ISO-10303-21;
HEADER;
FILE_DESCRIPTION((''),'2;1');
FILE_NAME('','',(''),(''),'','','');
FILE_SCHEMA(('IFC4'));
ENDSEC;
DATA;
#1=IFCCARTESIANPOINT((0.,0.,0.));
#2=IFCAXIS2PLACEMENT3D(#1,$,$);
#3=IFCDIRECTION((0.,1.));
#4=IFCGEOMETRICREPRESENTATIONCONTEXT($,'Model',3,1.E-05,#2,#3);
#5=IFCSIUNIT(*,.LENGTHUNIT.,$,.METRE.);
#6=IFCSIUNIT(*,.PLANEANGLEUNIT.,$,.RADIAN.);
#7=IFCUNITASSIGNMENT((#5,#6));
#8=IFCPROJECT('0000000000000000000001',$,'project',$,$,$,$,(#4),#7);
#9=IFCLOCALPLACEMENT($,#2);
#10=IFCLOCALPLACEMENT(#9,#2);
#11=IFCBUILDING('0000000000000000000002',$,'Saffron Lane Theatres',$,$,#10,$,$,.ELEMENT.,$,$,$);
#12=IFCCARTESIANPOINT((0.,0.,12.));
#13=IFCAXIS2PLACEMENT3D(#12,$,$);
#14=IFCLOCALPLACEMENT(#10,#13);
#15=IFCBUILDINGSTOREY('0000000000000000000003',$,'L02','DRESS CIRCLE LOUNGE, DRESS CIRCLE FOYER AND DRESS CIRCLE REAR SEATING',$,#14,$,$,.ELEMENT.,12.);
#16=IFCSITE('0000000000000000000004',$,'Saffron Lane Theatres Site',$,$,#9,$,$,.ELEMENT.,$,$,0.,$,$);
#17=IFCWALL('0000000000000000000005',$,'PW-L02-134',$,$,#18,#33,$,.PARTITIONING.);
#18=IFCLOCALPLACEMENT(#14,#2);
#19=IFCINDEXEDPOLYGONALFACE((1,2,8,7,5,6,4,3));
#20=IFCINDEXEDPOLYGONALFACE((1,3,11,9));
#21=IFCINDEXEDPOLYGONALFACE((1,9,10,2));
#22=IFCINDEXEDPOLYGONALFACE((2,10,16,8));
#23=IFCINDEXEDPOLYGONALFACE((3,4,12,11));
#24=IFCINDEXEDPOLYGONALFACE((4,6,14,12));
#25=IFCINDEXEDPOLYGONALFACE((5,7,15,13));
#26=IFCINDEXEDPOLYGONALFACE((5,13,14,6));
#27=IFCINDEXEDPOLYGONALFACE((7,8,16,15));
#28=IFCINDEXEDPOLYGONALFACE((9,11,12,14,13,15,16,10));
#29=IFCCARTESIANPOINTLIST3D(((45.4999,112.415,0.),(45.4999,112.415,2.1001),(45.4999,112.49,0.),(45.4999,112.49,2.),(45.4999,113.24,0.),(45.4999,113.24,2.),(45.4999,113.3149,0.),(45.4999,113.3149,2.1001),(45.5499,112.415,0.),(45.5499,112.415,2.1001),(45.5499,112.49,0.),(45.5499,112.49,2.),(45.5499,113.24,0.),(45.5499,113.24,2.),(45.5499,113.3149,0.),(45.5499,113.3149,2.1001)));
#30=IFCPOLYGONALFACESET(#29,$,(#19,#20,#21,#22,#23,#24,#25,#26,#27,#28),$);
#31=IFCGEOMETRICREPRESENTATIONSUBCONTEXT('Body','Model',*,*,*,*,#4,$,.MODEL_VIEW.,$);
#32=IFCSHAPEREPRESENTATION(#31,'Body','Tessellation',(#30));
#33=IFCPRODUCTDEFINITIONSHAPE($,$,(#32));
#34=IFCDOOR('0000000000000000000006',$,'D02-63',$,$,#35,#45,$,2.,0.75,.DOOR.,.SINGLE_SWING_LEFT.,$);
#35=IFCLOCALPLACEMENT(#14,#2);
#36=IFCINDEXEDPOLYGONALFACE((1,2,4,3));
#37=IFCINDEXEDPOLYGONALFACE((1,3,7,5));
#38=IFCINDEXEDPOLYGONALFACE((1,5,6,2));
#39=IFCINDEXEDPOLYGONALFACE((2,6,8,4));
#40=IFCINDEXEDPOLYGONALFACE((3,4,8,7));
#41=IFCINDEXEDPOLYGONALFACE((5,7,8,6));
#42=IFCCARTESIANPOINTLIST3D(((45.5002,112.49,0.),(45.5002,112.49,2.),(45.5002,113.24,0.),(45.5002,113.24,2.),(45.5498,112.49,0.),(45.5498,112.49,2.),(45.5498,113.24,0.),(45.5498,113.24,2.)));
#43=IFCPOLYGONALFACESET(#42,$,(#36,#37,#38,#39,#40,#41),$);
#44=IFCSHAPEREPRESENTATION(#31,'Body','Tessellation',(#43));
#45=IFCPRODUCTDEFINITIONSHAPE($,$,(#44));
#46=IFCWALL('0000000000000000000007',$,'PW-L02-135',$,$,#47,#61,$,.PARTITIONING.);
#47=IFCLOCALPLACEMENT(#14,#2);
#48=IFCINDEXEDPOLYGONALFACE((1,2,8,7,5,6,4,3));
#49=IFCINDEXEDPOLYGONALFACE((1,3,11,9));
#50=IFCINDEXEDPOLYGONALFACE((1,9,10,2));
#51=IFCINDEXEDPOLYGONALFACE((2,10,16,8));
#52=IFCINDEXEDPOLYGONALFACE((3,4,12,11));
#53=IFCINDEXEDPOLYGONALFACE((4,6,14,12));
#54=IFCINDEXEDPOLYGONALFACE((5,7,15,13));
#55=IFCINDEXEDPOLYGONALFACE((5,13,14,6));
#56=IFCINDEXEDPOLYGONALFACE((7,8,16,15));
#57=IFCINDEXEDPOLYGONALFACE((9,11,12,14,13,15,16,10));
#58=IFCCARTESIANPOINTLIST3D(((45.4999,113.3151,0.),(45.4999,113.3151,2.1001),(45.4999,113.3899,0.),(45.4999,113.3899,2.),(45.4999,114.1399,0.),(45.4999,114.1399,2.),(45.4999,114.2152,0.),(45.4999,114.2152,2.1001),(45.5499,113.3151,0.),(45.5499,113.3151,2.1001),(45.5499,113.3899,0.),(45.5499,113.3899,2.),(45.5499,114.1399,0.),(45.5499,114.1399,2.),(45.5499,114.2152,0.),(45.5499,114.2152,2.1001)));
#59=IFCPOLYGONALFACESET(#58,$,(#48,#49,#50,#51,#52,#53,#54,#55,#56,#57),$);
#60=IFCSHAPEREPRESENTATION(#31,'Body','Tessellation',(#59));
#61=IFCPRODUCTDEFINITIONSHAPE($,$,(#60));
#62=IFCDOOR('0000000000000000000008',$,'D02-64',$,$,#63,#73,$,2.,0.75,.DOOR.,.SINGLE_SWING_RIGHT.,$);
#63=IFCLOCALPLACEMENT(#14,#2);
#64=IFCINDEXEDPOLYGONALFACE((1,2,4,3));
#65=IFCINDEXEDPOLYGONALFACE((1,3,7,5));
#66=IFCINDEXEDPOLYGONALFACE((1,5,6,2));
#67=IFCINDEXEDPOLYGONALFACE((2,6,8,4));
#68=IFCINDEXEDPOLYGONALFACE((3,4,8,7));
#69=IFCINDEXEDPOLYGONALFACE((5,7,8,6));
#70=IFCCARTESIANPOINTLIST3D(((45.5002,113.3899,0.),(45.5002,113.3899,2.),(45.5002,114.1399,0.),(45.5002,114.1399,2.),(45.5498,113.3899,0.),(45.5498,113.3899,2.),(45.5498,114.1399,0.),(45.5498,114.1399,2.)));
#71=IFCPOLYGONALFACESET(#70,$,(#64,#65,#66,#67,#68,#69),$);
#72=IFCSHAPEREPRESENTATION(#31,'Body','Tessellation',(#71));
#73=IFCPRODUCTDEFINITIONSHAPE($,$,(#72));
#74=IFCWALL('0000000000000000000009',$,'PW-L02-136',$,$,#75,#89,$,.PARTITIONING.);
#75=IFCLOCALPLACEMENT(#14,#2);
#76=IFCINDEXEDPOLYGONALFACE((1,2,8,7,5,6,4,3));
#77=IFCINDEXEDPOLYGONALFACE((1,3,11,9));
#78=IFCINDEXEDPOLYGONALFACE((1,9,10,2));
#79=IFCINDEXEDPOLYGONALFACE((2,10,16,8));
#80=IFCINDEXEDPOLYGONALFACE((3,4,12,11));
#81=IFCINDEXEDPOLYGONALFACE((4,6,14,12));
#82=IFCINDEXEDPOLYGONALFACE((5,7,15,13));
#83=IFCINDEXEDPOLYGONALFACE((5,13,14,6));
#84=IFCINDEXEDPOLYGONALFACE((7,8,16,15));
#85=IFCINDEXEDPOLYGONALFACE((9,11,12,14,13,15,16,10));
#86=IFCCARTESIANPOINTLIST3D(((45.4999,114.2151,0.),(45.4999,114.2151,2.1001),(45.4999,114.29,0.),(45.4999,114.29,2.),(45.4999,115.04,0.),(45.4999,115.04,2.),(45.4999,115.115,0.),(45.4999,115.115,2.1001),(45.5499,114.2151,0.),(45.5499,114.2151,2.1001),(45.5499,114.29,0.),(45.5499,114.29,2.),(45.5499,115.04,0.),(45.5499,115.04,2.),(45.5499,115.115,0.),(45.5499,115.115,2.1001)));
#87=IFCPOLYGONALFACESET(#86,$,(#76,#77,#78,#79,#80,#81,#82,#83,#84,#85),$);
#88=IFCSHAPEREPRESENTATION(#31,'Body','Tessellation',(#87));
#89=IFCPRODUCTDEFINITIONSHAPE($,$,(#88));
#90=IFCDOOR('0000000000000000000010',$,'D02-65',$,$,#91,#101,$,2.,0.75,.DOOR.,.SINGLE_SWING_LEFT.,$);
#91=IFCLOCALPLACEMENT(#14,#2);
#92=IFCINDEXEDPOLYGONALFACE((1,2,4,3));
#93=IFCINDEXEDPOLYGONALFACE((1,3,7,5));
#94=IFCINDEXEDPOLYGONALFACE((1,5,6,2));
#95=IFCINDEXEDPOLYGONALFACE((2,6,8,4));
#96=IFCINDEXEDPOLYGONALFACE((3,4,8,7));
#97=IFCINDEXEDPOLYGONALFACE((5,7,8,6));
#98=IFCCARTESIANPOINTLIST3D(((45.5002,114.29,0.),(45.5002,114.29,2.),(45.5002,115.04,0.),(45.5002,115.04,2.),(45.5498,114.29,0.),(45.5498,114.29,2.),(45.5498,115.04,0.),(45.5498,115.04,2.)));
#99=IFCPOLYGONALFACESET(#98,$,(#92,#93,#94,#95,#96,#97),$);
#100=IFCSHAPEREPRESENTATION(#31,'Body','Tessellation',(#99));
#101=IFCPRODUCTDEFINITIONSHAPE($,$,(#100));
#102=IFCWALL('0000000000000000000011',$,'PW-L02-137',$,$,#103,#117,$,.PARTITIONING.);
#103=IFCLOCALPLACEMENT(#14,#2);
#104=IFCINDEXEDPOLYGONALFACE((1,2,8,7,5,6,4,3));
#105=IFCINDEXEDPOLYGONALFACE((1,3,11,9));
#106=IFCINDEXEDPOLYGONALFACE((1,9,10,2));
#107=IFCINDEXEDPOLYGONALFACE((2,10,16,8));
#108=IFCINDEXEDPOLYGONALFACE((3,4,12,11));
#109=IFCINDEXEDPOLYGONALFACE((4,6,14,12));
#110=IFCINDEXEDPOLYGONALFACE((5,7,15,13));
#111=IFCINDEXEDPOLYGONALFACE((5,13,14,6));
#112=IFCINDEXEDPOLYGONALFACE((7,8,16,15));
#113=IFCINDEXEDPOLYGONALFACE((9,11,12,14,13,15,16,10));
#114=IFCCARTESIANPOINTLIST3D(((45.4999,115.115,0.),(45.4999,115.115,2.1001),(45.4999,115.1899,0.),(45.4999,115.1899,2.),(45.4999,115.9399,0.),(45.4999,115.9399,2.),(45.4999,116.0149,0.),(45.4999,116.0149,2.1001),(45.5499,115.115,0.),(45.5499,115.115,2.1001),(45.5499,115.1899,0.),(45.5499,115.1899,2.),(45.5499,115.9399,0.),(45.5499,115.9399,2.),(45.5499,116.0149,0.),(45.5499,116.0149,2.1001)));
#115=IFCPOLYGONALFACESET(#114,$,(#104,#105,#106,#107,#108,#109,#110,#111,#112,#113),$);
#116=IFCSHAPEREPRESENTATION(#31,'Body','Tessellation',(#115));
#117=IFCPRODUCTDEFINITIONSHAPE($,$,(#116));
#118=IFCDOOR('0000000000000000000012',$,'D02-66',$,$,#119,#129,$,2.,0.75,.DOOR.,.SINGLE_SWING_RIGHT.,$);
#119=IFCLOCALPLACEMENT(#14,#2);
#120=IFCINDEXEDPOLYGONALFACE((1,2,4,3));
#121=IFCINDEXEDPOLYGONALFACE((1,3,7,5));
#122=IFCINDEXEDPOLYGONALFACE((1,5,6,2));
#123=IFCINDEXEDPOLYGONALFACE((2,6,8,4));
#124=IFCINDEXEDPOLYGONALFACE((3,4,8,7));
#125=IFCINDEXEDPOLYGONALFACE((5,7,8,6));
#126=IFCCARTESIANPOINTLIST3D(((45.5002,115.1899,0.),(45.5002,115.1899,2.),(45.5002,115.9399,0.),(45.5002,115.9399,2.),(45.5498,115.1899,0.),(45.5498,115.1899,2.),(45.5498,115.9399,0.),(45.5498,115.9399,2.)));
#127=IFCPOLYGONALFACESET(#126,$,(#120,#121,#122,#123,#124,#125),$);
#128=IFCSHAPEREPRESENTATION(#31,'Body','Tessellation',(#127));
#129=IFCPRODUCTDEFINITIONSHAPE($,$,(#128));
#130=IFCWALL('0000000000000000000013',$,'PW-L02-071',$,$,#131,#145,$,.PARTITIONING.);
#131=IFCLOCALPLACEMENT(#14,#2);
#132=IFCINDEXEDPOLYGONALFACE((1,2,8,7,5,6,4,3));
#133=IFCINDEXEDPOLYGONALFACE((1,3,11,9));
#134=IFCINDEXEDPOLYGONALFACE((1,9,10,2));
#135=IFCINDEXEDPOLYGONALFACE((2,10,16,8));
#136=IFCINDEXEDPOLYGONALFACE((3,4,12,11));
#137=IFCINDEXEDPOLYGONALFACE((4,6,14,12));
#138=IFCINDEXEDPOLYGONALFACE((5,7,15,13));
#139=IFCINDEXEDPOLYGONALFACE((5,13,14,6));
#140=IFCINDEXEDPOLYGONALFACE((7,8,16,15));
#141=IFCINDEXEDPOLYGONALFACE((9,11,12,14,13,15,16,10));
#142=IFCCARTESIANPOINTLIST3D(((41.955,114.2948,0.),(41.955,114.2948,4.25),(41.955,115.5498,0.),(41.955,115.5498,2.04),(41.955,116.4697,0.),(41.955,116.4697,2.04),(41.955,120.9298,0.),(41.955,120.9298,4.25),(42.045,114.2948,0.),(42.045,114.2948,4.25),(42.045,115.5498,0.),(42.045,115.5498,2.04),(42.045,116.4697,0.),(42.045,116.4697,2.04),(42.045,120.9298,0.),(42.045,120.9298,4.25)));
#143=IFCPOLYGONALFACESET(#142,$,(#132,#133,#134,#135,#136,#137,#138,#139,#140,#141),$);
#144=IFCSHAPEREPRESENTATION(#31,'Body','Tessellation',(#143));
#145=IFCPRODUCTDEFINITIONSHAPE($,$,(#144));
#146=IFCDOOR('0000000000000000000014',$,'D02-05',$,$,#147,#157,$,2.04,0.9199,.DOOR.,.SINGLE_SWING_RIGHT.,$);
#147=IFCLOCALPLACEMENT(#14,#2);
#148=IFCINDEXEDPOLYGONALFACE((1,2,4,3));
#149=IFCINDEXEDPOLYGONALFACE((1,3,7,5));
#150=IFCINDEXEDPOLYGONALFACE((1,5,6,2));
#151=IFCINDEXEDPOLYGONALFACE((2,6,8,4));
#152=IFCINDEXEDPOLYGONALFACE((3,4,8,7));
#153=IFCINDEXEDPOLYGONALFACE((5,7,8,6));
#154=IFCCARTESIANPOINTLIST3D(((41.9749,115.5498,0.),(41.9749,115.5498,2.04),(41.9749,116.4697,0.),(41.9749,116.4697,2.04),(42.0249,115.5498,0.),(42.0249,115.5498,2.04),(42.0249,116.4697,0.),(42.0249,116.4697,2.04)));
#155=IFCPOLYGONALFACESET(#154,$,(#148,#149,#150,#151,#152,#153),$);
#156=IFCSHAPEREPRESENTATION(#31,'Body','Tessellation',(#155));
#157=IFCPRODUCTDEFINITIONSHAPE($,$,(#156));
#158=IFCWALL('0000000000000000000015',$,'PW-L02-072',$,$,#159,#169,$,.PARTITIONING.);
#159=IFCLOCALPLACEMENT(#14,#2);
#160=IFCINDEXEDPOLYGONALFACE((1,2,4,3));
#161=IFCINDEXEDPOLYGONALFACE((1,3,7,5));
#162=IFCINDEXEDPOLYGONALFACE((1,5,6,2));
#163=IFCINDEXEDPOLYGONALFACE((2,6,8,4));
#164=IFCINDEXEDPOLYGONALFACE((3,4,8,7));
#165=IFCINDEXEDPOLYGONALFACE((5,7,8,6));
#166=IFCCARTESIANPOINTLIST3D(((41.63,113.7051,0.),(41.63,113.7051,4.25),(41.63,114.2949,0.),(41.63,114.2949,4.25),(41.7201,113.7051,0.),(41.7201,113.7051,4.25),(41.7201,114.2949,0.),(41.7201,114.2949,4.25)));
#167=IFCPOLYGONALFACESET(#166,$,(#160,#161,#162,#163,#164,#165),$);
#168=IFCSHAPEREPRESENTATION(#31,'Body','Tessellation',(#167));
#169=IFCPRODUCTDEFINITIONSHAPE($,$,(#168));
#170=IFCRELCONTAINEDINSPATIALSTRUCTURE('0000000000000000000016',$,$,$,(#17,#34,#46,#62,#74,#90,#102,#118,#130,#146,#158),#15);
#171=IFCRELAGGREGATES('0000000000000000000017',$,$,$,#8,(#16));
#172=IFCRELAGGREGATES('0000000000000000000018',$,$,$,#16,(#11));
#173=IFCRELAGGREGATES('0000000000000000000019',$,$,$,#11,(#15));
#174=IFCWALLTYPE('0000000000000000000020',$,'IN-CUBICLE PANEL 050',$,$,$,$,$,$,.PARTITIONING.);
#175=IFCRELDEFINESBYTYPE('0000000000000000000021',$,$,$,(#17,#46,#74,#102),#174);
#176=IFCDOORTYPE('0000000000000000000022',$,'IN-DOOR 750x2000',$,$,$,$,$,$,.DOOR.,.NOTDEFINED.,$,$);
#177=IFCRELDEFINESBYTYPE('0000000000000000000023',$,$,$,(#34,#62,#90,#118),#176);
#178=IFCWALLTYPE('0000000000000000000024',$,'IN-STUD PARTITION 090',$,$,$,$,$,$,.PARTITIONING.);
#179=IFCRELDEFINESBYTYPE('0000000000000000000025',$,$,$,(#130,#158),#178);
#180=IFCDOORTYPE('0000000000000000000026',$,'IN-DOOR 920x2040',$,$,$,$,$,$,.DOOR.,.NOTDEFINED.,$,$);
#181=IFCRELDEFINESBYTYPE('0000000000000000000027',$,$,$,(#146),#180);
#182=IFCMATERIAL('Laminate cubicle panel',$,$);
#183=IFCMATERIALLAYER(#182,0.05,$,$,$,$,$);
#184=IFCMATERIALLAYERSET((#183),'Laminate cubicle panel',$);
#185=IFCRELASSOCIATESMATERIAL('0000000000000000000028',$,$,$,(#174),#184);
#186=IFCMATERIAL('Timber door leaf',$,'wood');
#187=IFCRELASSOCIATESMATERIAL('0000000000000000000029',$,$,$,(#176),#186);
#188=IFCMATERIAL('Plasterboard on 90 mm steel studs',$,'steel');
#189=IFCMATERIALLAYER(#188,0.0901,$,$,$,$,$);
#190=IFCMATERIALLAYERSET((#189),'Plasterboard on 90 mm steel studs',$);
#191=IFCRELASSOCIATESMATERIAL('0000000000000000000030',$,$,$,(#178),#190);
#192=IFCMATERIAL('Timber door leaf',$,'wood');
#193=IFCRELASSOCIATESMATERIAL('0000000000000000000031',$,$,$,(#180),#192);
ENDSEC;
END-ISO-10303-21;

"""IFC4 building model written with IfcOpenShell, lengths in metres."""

from ifc_helpers import new_model, si_unit, direction, frame, frame_2d, origin, place, context, subcontext, project, spatial, rectangle, extrude, material, layer, layer_set, type_object, element, fill, save


model = new_model("IFC4")

# Units and contexts
model_context = context("Model", 3, precision=1e-05, world=origin(), true_north=direction((0.0, 1.0)))
body_context = subcontext(model_context, "Body", "Model", "MODEL_VIEW")
ifc_project = project(units=[si_unit("LENGTHUNIT", "METRE"), si_unit("PLANEANGLEUNIT", "RADIAN")], contexts=[model_context])

# Site, building, storey
site_placement = place(None, origin())
site = spatial("IfcSite", under=ifc_project, at=site_placement, Name="Saffron Lane Theatres Site", CompositionType="ELEMENT", RefElevation=0.0)
building_placement = place(site_placement, origin())
building = spatial("IfcBuilding", under=site, at=building_placement, Name="Saffron Lane Theatres", CompositionType="ELEMENT")
storey_placement = place(building_placement, frame((0.0, 0.0, 12.0)))
storey = spatial("IfcBuildingStorey", under=building, at=storey_placement, Name="L02", Description="DRESS CIRCLE LOUNGE, DRESS CIRCLE FOYER AND DRESS CIRCLE REAR SEATING", CompositionType="ELEMENT", Elevation=12.0)

# Shared definitions
ifc_material_1 = material(Name="Laminate cubicle panel")
ifc_layer_1 = layer(ifc_material_1, 0.05)
ifc_layer_set_1 = layer_set([ifc_layer_1], Name="Laminate cubicle panel")
wall_type_1 = type_object("IfcWallType", Name="IN-CUBICLE PANEL 050", PredefinedType="PARTITIONING", material=ifc_layer_set_1)

# Walls, openings, doors
wall_1_placement = place(storey_placement, frame((45.5249, 112.415, 0.0), z_axis=(0.0, 0.0, 1.0), x_axis=(0.0, 1.0, 0.0)))
wall_1 = element("IfcWall", 1, at=wall_1_placement, inside=storey, type_object=wall_type_1, Name="PW-L02-134", PredefinedType="PARTITIONING", context=body_context, shape_type="SweptSolid", body=[
    extrude(rectangle(XDim=0.8999, YDim=0.05, at=frame_2d((0.45, 0.0))), origin(), (0.0, 0.0, 1.0), 2.1001),
])
opening_1_placement = place(wall_1_placement, frame((0.075, 0.0, 0.0)))
opening_1 = element("IfcOpeningElement", 2, at=opening_1_placement, cuts=wall_1, PredefinedType="OPENING", context=body_context, shape_type="SweptSolid", body=[
    extrude(rectangle(XDim=0.75, YDim=2.0, at=frame_2d((0.375, 1.0))), frame((0.0, 0.0352, 0.0), z_axis=(0.0, -1.0, 0.0), x_axis=(1.0, 0.0, 0.0)), (0.0, 0.0, 1.0), 0.0701),
])
ifc_material_2 = material(Name="Timber door leaf", Category="wood")
door_type_1 = type_object("IfcDoorType", Name="IN-DOOR 750x2000", OperationType="NOTDEFINED", PredefinedType="DOOR", material=ifc_material_2)
door_1_placement = place(opening_1_placement, frame((0.75, 0.0, 0.0), z_axis=(0.0, 0.0, 1.0), x_axis=(-1.0, 0.0, 0.0)))
door_1 = element("IfcDoor", 3, at=door_1_placement, inside=storey, type_object=door_type_1, Name="D02-63", OperationType="SINGLE_SWING_LEFT", OverallHeight=2.0, OverallWidth=0.75, PredefinedType="DOOR", context=body_context, shape_type="SweptSolid", body=[
    extrude(rectangle(XDim=0.75, YDim=2.0, at=frame_2d((0.375, 1.0))), frame((0.0, 0.0249, 0.0), z_axis=(0.0, -1.0, 0.0), x_axis=(1.0, 0.0, 0.0)), (0.0, 0.0, 1.0), 0.0496),
])
fill(opening_1, door_1)
wall_2_placement = place(storey_placement, frame((45.5249, 113.3149, 0.0), z_axis=(0.0, 0.0, 1.0), x_axis=(0.0, 1.0, 0.0)))
wall_2 = element("IfcWall", 4, at=wall_2_placement, inside=storey, type_object=wall_type_1, Name="PW-L02-135", PredefinedType="PARTITIONING", context=body_context, shape_type="SweptSolid", body=[
    extrude(rectangle(XDim=0.9001, YDim=0.05, at=frame_2d((0.4502, 0.0))), origin(), (0.0, 0.0, 1.0), 2.1001),
])
opening_2_placement = place(wall_2_placement, frame((0.075, 0.0, 0.0)))
opening_2 = element("IfcOpeningElement", 5, at=opening_2_placement, cuts=wall_2, PredefinedType="OPENING", context=body_context, shape_type="SweptSolid", body=[
    extrude(rectangle(XDim=0.75, YDim=2.0, at=frame_2d((0.375, 1.0))), frame((0.0, 0.0352, 0.0), z_axis=(0.0, -1.0, 0.0), x_axis=(1.0, 0.0, 0.0)), (0.0, 0.0, 1.0), 0.0701),
])
door_2_placement = place(opening_2_placement, frame((0.75, 0.0, 0.0), z_axis=(0.0, 0.0, 1.0), x_axis=(-1.0, 0.0, 0.0)))
door_2 = element("IfcDoor", 6, at=door_2_placement, inside=storey, type_object=door_type_1, Name="D02-64", OperationType="SINGLE_SWING_RIGHT", OverallHeight=2.0, OverallWidth=0.75, PredefinedType="DOOR", context=body_context, shape_type="SweptSolid", body=[
    extrude(rectangle(XDim=0.75, YDim=2.0, at=frame_2d((0.375, 1.0))), frame((0.0, 0.0249, 0.0), z_axis=(0.0, -1.0, 0.0), x_axis=(1.0, 0.0, 0.0)), (0.0, 0.0, 1.0), 0.0496),
])
fill(opening_2, door_2)
wall_3_placement = place(storey_placement, frame((45.5249, 114.2151, 0.0), z_axis=(0.0, 0.0, 1.0), x_axis=(0.0, 1.0, 0.0)))
wall_3 = element("IfcWall", 7, at=wall_3_placement, inside=storey, type_object=wall_type_1, Name="PW-L02-136", PredefinedType="PARTITIONING", context=body_context, shape_type="SweptSolid", body=[
    extrude(rectangle(XDim=0.8999, YDim=0.05, at=frame_2d((0.45, 0.0))), origin(), (0.0, 0.0, 1.0), 2.1001),
])
opening_3_placement = place(wall_3_placement, frame((0.075, 0.0, 0.0)))
opening_3 = element("IfcOpeningElement", 8, at=opening_3_placement, cuts=wall_3, PredefinedType="OPENING", context=body_context, shape_type="SweptSolid", body=[
    extrude(rectangle(XDim=0.75, YDim=2.0, at=frame_2d((0.375, 1.0))), frame((0.0, 0.0352, 0.0), z_axis=(0.0, -1.0, 0.0), x_axis=(1.0, 0.0, 0.0)), (0.0, 0.0, 1.0), 0.0701),
])
door_3_placement = place(opening_3_placement, frame((0.75, 0.0, 0.0), z_axis=(0.0, 0.0, 1.0), x_axis=(-1.0, 0.0, 0.0)))
door_3 = element("IfcDoor", 9, at=door_3_placement, inside=storey, type_object=door_type_1, Name="D02-65", OperationType="SINGLE_SWING_LEFT", OverallHeight=2.0, OverallWidth=0.75, PredefinedType="DOOR", context=body_context, shape_type="SweptSolid", body=[
    extrude(rectangle(XDim=0.75, YDim=2.0, at=frame_2d((0.375, 1.0))), frame((0.0, 0.0249, 0.0), z_axis=(0.0, -1.0, 0.0), x_axis=(1.0, 0.0, 0.0)), (0.0, 0.0, 1.0), 0.0496),
])
fill(opening_3, door_3)
wall_4_placement = place(storey_placement, frame((45.5249, 115.115, 0.0), z_axis=(0.0, 0.0, 1.0), x_axis=(0.0, 1.0, 0.0)))
wall_4 = element("IfcWall", 10, at=wall_4_placement, inside=storey, type_object=wall_type_1, Name="PW-L02-137", PredefinedType="PARTITIONING", context=body_context, shape_type="SweptSolid", body=[
    extrude(rectangle(XDim=0.8999, YDim=0.05, at=frame_2d((0.45, 0.0))), origin(), (0.0, 0.0, 1.0), 2.1001),
])
opening_4_placement = place(wall_4_placement, frame((0.075, 0.0, 0.0)))
opening_4 = element("IfcOpeningElement", 11, at=opening_4_placement, cuts=wall_4, PredefinedType="OPENING", context=body_context, shape_type="SweptSolid", body=[
    extrude(rectangle(XDim=0.75, YDim=2.0, at=frame_2d((0.375, 1.0))), frame((0.0, 0.0352, 0.0), z_axis=(0.0, -1.0, 0.0), x_axis=(1.0, 0.0, 0.0)), (0.0, 0.0, 1.0), 0.0701),
])
door_4_placement = place(opening_4_placement, frame((0.75, 0.0, 0.0), z_axis=(0.0, 0.0, 1.0), x_axis=(-1.0, 0.0, 0.0)))
door_4 = element("IfcDoor", 12, at=door_4_placement, inside=storey, type_object=door_type_1, Name="D02-66", OperationType="SINGLE_SWING_RIGHT", OverallHeight=2.0, OverallWidth=0.75, PredefinedType="DOOR", context=body_context, shape_type="SweptSolid", body=[
    extrude(rectangle(XDim=0.75, YDim=2.0, at=frame_2d((0.375, 1.0))), frame((0.0, 0.0249, 0.0), z_axis=(0.0, -1.0, 0.0), x_axis=(1.0, 0.0, 0.0)), (0.0, 0.0, 1.0), 0.0496),
])
fill(opening_4, door_4)
ifc_material_3 = material(Name="Plasterboard on 90 mm steel studs", Category="steel")
ifc_layer_2 = layer(ifc_material_3, 0.0901)
ifc_layer_set_2 = layer_set([ifc_layer_2], Name="Plasterboard on 90 mm steel studs")
wall_type_2 = type_object("IfcWallType", Name="IN-STUD PARTITION 090", PredefinedType="PARTITIONING", material=ifc_layer_set_2)
wall_5_placement = place(storey_placement, frame((42.0, 114.2949, 0.0), z_axis=(0.0, 0.0, 1.0), x_axis=(0.0, 1.0, 0.0)))
wall_5 = element("IfcWall", 13, at=wall_5_placement, inside=storey, type_object=wall_type_2, Name="PW-L02-071", PredefinedType="PARTITIONING", context=body_context, shape_type="SweptSolid", body=[
    extrude(rectangle(XDim=6.635, YDim=0.0901, at=frame_2d((3.3174, 0.0))), origin(), (0.0, 0.0, 1.0), 4.25),
])
opening_5_placement = place(wall_5_placement, frame((1.2549, 0.0, 0.0)))
opening_5 = element("IfcOpeningElement", 14, at=opening_5_placement, cuts=wall_5, PredefinedType="OPENING", context=body_context, shape_type="SweptSolid", body=[
    extrude(rectangle(XDim=0.9199, YDim=2.04, at=frame_2d((0.46, 1.02))), frame((0.0, 0.0552, 0.0), z_axis=(0.0, -1.0, 0.0), x_axis=(1.0, 0.0, 0.0)), (0.0, 0.0, 1.0), 0.1101),
])
ifc_material_4 = material(Name="Timber door leaf", Category="wood")
door_type_2 = type_object("IfcDoorType", Name="IN-DOOR 920x2040", OperationType="NOTDEFINED", PredefinedType="DOOR", material=ifc_material_4)
door_5_placement = place(opening_5_placement, frame((0.9199, 0.0, 0.0), z_axis=(0.0, 0.0, 1.0), x_axis=(-1.0, 0.0, 0.0)))
door_5 = element("IfcDoor", 15, at=door_5_placement, inside=storey, type_object=door_type_2, Name="D02-05", OperationType="SINGLE_SWING_RIGHT", OverallHeight=2.04, OverallWidth=0.9199, PredefinedType="DOOR", context=body_context, shape_type="SweptSolid", body=[
    extrude(rectangle(XDim=0.9199, YDim=2.04, at=frame_2d((0.46, 1.02))), frame((0.0, 0.0249, 0.0), z_axis=(0.0, -1.0, 0.0), x_axis=(1.0, 0.0, 0.0)), (0.0, 0.0, 1.0), 0.05),
])
fill(opening_5, door_5)

# Wall
wall_6_placement = place(storey_placement, frame((41.675, 113.7051, 0.0), z_axis=(0.0, 0.0, 1.0), x_axis=(0.0, 1.0, 0.0)))
element("IfcWall", 16, at=wall_6_placement, inside=storey, type_object=wall_type_2, Name="PW-L02-072", PredefinedType="PARTITIONING", context=body_context, shape_type="SweptSolid", body=[
    extrude(rectangle(XDim=0.5898, YDim=0.0901, at=frame_2d((0.2949, 0.0))), origin(), (0.0, 0.0, 1.0), 4.25),
])

save(model, "model.ifc")
